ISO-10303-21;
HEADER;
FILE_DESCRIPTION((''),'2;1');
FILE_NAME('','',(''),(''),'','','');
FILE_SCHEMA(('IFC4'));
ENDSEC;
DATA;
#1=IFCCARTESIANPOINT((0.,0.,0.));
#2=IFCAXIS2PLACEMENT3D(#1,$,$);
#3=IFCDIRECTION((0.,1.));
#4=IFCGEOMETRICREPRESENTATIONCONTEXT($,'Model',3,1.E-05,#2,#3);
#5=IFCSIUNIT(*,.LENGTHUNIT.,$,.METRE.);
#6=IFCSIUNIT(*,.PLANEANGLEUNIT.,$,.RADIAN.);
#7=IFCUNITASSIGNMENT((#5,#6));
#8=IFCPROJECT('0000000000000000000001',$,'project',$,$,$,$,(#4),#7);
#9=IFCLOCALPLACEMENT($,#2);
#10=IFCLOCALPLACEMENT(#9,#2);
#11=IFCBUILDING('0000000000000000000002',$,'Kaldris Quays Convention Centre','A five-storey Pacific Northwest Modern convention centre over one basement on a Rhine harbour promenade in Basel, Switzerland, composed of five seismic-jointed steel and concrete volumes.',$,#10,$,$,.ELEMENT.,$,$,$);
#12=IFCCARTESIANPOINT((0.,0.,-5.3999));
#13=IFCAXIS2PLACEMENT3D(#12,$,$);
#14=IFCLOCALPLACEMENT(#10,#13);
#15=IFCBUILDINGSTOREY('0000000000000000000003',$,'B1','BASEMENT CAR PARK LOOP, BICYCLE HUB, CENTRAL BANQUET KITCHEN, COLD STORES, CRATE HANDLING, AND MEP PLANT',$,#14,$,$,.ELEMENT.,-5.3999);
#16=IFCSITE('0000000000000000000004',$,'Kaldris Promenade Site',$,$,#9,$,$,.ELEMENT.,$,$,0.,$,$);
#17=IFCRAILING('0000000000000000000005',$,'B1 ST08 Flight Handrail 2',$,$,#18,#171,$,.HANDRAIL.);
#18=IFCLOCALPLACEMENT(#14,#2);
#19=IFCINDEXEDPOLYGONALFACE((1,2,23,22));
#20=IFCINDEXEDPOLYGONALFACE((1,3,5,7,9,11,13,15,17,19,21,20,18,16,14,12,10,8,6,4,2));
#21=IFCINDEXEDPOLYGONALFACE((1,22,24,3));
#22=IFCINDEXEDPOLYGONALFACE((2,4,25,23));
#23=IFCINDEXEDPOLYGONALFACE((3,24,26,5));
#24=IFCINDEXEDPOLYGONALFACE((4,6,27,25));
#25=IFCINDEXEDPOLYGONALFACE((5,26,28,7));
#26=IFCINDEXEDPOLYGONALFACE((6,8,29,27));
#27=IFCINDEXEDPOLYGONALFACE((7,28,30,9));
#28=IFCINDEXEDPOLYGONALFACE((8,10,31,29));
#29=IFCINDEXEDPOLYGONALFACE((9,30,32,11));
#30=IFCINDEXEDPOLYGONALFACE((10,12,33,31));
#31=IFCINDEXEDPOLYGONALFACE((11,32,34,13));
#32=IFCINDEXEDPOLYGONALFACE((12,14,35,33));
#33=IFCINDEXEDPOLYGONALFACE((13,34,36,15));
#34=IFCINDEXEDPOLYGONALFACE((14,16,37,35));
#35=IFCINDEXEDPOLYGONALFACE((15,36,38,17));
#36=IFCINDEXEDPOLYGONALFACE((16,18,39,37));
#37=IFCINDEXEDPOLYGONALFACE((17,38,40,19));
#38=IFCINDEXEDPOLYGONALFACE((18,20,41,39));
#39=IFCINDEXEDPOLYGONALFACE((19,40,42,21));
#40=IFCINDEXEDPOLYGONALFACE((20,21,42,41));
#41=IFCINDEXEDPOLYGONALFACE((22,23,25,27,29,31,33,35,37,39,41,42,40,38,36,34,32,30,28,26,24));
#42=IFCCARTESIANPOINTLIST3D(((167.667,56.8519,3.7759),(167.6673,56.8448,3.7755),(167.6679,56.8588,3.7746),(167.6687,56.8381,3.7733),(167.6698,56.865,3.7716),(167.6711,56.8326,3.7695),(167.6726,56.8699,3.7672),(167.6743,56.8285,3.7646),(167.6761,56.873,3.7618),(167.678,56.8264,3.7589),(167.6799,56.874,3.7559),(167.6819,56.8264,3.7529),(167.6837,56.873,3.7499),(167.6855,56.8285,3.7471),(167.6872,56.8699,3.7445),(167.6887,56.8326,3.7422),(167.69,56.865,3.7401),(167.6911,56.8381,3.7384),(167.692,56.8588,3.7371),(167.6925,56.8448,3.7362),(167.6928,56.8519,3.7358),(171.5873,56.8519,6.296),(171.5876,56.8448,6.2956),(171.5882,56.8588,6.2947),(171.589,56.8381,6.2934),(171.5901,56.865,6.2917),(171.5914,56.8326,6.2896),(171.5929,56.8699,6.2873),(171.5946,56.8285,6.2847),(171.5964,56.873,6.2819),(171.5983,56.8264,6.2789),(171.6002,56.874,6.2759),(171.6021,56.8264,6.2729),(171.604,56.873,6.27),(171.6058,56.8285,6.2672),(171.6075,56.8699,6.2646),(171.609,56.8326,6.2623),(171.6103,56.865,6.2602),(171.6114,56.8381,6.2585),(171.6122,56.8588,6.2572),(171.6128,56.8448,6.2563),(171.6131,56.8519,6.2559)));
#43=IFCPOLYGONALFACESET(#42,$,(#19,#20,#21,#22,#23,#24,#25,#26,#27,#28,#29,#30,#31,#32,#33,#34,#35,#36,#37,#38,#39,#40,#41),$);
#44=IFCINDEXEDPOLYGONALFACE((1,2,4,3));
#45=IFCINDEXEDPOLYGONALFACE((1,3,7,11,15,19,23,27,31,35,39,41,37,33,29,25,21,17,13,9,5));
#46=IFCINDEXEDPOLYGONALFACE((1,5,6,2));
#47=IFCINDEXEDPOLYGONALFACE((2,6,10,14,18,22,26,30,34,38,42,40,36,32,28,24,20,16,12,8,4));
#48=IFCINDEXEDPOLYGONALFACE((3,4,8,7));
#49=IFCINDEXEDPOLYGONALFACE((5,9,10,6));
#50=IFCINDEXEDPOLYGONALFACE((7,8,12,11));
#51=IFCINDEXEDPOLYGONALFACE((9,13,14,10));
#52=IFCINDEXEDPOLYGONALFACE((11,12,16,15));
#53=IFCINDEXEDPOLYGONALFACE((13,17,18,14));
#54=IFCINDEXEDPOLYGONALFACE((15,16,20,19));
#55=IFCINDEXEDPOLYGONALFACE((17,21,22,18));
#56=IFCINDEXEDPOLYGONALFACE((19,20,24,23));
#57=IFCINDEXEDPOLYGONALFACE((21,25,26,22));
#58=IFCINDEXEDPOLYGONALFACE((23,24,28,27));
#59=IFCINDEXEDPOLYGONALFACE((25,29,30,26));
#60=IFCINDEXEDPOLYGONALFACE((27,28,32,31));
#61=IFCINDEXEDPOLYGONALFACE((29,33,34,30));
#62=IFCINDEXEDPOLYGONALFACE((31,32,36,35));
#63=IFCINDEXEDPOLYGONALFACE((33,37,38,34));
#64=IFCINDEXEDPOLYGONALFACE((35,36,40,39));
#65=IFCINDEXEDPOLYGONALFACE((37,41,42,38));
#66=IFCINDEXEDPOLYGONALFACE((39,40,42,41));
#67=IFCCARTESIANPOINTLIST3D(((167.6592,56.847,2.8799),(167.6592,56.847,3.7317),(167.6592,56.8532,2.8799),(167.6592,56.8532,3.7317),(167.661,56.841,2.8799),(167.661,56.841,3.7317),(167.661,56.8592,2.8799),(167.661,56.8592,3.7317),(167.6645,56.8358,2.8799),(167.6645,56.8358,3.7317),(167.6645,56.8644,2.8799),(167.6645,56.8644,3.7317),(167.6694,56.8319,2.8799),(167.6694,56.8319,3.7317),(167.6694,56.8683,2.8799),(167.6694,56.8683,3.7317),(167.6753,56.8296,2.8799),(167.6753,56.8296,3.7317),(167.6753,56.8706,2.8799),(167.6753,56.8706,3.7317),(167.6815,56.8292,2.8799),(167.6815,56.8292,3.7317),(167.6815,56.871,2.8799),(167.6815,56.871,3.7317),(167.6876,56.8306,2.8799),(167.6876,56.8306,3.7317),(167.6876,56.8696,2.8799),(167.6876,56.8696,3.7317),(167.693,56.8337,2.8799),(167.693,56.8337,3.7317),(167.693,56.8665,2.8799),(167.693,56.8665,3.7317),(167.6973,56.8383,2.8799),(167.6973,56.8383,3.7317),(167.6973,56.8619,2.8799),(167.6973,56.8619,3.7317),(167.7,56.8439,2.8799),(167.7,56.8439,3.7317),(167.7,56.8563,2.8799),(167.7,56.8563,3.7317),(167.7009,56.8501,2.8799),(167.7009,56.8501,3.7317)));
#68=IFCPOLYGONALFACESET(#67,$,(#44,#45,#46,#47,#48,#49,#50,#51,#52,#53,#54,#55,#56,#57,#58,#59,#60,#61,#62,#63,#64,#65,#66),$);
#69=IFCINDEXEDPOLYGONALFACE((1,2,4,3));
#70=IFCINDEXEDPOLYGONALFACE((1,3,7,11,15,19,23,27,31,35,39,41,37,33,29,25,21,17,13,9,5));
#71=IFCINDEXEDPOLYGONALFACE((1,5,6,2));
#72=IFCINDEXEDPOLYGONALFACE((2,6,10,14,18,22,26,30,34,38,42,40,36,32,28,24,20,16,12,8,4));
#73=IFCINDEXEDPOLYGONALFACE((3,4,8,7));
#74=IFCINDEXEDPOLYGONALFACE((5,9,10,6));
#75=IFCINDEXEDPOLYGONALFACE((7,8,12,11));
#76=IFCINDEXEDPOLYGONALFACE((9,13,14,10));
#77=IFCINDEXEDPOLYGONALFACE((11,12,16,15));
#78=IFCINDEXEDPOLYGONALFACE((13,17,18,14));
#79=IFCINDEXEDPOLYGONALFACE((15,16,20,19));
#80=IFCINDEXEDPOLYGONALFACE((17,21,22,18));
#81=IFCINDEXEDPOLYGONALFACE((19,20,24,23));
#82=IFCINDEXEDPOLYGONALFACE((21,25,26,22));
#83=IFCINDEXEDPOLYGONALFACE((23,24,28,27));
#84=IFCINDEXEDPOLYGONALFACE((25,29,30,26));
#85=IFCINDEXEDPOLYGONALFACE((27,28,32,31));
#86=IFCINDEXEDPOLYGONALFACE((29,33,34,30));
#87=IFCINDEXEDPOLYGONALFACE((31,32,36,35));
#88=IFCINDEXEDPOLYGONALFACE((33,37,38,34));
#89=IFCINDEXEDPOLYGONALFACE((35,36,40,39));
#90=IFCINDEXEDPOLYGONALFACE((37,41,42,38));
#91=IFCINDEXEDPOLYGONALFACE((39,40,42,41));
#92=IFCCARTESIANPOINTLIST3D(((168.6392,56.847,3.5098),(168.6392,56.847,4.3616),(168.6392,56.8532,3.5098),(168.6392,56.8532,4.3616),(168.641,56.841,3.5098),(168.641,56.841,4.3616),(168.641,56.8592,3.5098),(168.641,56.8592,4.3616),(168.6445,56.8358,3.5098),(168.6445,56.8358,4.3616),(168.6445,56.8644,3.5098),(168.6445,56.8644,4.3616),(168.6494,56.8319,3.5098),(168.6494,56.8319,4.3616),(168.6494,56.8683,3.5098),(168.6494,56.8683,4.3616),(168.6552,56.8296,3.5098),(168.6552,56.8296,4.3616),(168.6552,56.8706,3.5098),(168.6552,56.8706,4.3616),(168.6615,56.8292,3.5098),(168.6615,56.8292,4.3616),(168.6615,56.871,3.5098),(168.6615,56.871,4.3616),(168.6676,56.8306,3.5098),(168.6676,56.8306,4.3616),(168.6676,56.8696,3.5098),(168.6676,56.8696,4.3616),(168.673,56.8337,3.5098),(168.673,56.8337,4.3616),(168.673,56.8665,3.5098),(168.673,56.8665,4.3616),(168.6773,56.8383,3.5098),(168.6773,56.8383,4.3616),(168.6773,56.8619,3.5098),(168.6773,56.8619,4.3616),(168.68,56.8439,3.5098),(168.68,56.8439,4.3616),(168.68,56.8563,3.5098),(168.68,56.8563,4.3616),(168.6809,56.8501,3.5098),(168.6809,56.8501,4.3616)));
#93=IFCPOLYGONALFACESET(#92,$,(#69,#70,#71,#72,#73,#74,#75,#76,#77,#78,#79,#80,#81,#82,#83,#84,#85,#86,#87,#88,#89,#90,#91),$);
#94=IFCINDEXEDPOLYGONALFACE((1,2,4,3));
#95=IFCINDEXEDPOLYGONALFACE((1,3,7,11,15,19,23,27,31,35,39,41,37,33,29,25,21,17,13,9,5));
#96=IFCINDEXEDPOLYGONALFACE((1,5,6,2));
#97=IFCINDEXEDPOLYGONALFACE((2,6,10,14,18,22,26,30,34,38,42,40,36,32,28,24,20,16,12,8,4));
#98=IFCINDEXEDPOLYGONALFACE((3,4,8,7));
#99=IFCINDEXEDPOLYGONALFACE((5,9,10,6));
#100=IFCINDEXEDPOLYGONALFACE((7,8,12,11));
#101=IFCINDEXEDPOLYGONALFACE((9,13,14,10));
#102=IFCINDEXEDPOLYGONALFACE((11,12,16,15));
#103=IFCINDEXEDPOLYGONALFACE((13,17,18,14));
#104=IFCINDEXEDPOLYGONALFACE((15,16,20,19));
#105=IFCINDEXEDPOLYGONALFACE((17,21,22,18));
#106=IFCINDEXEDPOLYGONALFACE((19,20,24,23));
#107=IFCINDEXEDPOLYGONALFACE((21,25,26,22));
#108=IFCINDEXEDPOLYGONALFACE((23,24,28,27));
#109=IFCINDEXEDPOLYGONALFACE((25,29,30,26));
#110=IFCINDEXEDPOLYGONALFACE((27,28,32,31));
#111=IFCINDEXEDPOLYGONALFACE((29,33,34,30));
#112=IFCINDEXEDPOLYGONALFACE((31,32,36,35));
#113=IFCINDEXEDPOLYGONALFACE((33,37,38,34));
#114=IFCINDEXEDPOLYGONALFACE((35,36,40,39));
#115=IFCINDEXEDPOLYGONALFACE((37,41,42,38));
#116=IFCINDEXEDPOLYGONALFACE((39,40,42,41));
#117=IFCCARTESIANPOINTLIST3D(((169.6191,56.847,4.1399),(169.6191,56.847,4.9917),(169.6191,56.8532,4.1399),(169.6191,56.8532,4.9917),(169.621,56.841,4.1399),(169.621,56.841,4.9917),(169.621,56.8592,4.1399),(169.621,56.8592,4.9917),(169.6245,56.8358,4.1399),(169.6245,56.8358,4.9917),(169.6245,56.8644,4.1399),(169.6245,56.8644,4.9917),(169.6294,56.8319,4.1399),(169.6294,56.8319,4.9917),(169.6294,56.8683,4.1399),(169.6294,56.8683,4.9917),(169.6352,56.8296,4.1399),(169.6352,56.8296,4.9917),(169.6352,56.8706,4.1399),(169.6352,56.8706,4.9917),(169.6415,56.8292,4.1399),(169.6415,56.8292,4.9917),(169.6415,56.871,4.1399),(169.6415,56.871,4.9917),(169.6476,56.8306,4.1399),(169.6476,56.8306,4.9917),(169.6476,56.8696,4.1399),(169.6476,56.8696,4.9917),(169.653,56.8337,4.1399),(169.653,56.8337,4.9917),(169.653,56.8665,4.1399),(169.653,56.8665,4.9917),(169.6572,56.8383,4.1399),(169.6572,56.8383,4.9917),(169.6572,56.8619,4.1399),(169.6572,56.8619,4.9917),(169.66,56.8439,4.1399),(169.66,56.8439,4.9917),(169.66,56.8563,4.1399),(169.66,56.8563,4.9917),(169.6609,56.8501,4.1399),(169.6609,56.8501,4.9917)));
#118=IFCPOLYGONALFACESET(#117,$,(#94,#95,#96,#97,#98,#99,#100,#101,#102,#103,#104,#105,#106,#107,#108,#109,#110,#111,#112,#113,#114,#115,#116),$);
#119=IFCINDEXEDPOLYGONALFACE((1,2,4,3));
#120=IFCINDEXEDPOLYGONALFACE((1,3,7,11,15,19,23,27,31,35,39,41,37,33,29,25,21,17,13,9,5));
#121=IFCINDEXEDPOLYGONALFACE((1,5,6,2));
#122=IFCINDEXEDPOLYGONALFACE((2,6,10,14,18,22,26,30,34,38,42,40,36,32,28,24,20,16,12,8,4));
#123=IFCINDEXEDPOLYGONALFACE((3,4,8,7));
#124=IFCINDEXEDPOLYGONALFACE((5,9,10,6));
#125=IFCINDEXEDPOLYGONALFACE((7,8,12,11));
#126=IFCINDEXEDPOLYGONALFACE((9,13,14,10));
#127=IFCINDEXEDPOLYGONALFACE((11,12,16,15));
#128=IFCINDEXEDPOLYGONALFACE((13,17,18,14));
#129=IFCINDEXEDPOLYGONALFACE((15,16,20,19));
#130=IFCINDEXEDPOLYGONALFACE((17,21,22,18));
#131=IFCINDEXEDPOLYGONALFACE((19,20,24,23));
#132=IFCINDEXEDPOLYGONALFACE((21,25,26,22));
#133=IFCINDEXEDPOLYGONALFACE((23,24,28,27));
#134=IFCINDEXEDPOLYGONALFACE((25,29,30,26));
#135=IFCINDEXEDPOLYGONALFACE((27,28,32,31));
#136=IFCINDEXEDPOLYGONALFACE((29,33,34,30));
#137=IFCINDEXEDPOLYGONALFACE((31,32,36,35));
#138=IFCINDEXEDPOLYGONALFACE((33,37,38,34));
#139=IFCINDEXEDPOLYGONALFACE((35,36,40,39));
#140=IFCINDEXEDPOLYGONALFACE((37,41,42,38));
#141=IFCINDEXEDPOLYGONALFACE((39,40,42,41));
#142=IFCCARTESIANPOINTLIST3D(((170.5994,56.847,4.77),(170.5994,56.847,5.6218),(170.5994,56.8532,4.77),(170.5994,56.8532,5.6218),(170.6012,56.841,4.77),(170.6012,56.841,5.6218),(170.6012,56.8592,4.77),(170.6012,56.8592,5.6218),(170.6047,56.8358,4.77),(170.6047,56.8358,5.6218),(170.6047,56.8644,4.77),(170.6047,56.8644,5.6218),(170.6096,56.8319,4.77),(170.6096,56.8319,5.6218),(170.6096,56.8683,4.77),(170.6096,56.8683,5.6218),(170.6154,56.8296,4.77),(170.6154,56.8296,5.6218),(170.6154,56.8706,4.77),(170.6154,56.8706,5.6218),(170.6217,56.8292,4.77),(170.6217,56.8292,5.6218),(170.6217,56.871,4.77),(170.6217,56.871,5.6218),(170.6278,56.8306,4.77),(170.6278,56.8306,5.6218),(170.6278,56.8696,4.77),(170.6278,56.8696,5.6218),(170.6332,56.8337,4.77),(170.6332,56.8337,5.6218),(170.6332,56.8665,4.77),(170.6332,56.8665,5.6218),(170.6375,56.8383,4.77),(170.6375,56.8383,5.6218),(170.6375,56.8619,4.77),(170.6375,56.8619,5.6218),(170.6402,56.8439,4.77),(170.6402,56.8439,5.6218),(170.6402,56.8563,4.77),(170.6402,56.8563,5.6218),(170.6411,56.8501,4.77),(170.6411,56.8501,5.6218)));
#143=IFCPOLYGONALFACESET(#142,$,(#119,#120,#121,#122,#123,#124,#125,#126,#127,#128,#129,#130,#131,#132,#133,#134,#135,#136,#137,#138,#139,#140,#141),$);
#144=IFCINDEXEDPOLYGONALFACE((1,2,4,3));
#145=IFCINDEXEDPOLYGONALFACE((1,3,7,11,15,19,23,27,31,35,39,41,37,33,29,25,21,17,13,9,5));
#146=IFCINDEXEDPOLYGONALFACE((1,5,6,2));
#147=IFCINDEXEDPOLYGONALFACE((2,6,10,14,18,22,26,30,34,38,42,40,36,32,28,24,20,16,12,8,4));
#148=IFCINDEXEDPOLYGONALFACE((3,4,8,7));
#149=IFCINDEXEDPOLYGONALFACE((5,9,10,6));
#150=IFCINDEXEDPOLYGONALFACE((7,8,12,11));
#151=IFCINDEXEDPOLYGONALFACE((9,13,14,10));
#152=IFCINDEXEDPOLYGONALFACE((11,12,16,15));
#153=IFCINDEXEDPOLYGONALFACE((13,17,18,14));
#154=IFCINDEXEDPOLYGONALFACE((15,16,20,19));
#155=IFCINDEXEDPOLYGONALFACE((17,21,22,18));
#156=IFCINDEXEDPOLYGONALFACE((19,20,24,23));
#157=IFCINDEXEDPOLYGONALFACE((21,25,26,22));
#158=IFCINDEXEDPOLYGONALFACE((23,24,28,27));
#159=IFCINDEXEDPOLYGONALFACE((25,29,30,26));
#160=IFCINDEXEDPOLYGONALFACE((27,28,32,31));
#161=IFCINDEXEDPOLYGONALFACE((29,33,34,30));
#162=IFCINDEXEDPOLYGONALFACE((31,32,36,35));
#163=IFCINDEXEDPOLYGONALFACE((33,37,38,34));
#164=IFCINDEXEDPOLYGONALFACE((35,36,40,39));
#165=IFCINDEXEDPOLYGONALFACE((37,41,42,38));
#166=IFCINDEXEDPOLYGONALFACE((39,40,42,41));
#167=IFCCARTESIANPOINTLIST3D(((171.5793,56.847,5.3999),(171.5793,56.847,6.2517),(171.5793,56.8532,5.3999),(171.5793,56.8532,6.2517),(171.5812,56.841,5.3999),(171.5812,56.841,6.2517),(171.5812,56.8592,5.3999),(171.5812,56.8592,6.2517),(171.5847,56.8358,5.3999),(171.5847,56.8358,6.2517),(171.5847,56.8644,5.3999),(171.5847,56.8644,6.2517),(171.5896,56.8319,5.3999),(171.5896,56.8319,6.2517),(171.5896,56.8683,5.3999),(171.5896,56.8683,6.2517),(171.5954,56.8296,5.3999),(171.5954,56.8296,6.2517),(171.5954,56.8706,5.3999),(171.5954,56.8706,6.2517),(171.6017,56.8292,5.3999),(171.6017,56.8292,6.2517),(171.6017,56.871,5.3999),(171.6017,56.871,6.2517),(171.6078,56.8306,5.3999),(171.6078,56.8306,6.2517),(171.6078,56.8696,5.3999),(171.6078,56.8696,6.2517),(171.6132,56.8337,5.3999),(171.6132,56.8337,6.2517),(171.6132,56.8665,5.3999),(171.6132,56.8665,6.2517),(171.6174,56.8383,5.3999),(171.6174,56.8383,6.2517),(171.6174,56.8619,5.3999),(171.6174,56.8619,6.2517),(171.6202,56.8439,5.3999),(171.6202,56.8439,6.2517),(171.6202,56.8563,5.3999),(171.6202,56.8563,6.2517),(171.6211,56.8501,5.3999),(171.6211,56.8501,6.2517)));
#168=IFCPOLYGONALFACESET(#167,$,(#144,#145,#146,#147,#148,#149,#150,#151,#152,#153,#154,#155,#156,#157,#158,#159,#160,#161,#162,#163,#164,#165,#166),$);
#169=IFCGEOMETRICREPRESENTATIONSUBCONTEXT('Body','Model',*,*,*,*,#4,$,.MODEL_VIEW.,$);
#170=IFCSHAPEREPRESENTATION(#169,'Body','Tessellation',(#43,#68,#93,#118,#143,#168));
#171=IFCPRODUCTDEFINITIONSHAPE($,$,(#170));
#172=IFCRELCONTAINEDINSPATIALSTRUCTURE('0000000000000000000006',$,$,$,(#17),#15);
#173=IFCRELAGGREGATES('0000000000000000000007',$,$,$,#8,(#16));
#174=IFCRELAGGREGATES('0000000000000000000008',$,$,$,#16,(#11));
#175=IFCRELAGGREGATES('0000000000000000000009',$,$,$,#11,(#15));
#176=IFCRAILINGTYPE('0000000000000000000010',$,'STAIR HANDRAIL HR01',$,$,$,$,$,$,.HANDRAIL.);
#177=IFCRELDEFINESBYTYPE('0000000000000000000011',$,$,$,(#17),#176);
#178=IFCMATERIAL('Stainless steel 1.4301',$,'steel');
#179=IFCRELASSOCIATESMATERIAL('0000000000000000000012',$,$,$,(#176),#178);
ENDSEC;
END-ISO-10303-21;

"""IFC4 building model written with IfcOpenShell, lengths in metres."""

from ifc_helpers import new_model, si_unit, direction, frame, origin, origin_2d, place, context, subcontext, project, spatial, circle, extrude, material, type_object, element, save


model = new_model("IFC4")

# Units and contexts
model_context = context("Model", 3, precision=1e-05, world=origin(), true_north=direction((0.0, 1.0)))
body_context = subcontext(model_context, "Body", "Model", "MODEL_VIEW")
ifc_project = project(units=[si_unit("LENGTHUNIT", "METRE"), si_unit("PLANEANGLEUNIT", "RADIAN")], contexts=[model_context])

# Site, building, storey
site_placement = place(None, origin())
site = spatial("IfcSite", under=ifc_project, at=site_placement, Name="Kaldris Promenade Site", CompositionType="ELEMENT", RefElevation=0.0)
building_placement = place(site_placement, origin())
building = spatial("IfcBuilding", under=site, at=building_placement, Name="Kaldris Quays Convention Centre", Description="A five-storey Pacific Northwest Modern convention centre over one basement on a Rhine harbour promenade in Basel, Switzerland, composed of five seismic-jointed steel and concrete volumes.", CompositionType="ELEMENT")
storey_placement = place(building_placement, frame((0.0, 0.0, -5.3999)))
storey = spatial("IfcBuildingStorey", under=building, at=storey_placement, Name="B1", Description="BASEMENT CAR PARK LOOP, BICYCLE HUB, CENTRAL BANQUET KITCHEN, COLD STORES, CRATE HANDLING, AND MEP PLANT", CompositionType="ELEMENT", Elevation=-5.3999)

# Railing
ifc_material_1 = material(Name="Stainless steel 1.4301", Category="steel")
railing_type_1 = type_object("IfcRailingType", Name="STAIR HANDRAIL HR01", PredefinedType="HANDRAIL", material=ifc_material_1)
railing_1_placement = place(storey_placement, frame((167.6799, 56.8501, 2.8799)))
element("IfcRailing", 1, at=railing_1_placement, inside=storey, type_object=railing_type_1, Name="B1 ST08 Flight Handrail 2", PredefinedType="HANDRAIL", context=body_context, shape_type="SweptSolid", body=[
    extrude(circle(Radius=0.0239, at=origin_2d()), frame((0.0, 0.0, 0.876), z_axis=(0.841187, 0.0, 0.540744), x_axis=(0.0, 1.0, 0.0)), (0.0, 0.0, 1.0), 4.6604),
    extrude(circle(Radius=0.021, at=origin_2d()), origin(), (0.0, 0.0, 1.0), 0.8518),
    extrude(circle(Radius=0.021, at=origin_2d()), frame((0.98, 0.0, 0.6299)), (0.0, 0.0, 1.0), 0.8518),
    extrude(circle(Radius=0.021, at=origin_2d()), frame((1.96, 0.0, 1.26)), (0.0, 0.0, 1.0), 0.8518),
    extrude(circle(Radius=0.021, at=origin_2d()), frame((2.9402, 0.0, 1.8901)), (0.0, 0.0, 1.0), 0.8518),
    extrude(circle(Radius=0.021, at=origin_2d()), frame((3.9202, 0.0, 2.52)), (0.0, 0.0, 1.0), 0.8518),
])

save(model, "model.ifc")
